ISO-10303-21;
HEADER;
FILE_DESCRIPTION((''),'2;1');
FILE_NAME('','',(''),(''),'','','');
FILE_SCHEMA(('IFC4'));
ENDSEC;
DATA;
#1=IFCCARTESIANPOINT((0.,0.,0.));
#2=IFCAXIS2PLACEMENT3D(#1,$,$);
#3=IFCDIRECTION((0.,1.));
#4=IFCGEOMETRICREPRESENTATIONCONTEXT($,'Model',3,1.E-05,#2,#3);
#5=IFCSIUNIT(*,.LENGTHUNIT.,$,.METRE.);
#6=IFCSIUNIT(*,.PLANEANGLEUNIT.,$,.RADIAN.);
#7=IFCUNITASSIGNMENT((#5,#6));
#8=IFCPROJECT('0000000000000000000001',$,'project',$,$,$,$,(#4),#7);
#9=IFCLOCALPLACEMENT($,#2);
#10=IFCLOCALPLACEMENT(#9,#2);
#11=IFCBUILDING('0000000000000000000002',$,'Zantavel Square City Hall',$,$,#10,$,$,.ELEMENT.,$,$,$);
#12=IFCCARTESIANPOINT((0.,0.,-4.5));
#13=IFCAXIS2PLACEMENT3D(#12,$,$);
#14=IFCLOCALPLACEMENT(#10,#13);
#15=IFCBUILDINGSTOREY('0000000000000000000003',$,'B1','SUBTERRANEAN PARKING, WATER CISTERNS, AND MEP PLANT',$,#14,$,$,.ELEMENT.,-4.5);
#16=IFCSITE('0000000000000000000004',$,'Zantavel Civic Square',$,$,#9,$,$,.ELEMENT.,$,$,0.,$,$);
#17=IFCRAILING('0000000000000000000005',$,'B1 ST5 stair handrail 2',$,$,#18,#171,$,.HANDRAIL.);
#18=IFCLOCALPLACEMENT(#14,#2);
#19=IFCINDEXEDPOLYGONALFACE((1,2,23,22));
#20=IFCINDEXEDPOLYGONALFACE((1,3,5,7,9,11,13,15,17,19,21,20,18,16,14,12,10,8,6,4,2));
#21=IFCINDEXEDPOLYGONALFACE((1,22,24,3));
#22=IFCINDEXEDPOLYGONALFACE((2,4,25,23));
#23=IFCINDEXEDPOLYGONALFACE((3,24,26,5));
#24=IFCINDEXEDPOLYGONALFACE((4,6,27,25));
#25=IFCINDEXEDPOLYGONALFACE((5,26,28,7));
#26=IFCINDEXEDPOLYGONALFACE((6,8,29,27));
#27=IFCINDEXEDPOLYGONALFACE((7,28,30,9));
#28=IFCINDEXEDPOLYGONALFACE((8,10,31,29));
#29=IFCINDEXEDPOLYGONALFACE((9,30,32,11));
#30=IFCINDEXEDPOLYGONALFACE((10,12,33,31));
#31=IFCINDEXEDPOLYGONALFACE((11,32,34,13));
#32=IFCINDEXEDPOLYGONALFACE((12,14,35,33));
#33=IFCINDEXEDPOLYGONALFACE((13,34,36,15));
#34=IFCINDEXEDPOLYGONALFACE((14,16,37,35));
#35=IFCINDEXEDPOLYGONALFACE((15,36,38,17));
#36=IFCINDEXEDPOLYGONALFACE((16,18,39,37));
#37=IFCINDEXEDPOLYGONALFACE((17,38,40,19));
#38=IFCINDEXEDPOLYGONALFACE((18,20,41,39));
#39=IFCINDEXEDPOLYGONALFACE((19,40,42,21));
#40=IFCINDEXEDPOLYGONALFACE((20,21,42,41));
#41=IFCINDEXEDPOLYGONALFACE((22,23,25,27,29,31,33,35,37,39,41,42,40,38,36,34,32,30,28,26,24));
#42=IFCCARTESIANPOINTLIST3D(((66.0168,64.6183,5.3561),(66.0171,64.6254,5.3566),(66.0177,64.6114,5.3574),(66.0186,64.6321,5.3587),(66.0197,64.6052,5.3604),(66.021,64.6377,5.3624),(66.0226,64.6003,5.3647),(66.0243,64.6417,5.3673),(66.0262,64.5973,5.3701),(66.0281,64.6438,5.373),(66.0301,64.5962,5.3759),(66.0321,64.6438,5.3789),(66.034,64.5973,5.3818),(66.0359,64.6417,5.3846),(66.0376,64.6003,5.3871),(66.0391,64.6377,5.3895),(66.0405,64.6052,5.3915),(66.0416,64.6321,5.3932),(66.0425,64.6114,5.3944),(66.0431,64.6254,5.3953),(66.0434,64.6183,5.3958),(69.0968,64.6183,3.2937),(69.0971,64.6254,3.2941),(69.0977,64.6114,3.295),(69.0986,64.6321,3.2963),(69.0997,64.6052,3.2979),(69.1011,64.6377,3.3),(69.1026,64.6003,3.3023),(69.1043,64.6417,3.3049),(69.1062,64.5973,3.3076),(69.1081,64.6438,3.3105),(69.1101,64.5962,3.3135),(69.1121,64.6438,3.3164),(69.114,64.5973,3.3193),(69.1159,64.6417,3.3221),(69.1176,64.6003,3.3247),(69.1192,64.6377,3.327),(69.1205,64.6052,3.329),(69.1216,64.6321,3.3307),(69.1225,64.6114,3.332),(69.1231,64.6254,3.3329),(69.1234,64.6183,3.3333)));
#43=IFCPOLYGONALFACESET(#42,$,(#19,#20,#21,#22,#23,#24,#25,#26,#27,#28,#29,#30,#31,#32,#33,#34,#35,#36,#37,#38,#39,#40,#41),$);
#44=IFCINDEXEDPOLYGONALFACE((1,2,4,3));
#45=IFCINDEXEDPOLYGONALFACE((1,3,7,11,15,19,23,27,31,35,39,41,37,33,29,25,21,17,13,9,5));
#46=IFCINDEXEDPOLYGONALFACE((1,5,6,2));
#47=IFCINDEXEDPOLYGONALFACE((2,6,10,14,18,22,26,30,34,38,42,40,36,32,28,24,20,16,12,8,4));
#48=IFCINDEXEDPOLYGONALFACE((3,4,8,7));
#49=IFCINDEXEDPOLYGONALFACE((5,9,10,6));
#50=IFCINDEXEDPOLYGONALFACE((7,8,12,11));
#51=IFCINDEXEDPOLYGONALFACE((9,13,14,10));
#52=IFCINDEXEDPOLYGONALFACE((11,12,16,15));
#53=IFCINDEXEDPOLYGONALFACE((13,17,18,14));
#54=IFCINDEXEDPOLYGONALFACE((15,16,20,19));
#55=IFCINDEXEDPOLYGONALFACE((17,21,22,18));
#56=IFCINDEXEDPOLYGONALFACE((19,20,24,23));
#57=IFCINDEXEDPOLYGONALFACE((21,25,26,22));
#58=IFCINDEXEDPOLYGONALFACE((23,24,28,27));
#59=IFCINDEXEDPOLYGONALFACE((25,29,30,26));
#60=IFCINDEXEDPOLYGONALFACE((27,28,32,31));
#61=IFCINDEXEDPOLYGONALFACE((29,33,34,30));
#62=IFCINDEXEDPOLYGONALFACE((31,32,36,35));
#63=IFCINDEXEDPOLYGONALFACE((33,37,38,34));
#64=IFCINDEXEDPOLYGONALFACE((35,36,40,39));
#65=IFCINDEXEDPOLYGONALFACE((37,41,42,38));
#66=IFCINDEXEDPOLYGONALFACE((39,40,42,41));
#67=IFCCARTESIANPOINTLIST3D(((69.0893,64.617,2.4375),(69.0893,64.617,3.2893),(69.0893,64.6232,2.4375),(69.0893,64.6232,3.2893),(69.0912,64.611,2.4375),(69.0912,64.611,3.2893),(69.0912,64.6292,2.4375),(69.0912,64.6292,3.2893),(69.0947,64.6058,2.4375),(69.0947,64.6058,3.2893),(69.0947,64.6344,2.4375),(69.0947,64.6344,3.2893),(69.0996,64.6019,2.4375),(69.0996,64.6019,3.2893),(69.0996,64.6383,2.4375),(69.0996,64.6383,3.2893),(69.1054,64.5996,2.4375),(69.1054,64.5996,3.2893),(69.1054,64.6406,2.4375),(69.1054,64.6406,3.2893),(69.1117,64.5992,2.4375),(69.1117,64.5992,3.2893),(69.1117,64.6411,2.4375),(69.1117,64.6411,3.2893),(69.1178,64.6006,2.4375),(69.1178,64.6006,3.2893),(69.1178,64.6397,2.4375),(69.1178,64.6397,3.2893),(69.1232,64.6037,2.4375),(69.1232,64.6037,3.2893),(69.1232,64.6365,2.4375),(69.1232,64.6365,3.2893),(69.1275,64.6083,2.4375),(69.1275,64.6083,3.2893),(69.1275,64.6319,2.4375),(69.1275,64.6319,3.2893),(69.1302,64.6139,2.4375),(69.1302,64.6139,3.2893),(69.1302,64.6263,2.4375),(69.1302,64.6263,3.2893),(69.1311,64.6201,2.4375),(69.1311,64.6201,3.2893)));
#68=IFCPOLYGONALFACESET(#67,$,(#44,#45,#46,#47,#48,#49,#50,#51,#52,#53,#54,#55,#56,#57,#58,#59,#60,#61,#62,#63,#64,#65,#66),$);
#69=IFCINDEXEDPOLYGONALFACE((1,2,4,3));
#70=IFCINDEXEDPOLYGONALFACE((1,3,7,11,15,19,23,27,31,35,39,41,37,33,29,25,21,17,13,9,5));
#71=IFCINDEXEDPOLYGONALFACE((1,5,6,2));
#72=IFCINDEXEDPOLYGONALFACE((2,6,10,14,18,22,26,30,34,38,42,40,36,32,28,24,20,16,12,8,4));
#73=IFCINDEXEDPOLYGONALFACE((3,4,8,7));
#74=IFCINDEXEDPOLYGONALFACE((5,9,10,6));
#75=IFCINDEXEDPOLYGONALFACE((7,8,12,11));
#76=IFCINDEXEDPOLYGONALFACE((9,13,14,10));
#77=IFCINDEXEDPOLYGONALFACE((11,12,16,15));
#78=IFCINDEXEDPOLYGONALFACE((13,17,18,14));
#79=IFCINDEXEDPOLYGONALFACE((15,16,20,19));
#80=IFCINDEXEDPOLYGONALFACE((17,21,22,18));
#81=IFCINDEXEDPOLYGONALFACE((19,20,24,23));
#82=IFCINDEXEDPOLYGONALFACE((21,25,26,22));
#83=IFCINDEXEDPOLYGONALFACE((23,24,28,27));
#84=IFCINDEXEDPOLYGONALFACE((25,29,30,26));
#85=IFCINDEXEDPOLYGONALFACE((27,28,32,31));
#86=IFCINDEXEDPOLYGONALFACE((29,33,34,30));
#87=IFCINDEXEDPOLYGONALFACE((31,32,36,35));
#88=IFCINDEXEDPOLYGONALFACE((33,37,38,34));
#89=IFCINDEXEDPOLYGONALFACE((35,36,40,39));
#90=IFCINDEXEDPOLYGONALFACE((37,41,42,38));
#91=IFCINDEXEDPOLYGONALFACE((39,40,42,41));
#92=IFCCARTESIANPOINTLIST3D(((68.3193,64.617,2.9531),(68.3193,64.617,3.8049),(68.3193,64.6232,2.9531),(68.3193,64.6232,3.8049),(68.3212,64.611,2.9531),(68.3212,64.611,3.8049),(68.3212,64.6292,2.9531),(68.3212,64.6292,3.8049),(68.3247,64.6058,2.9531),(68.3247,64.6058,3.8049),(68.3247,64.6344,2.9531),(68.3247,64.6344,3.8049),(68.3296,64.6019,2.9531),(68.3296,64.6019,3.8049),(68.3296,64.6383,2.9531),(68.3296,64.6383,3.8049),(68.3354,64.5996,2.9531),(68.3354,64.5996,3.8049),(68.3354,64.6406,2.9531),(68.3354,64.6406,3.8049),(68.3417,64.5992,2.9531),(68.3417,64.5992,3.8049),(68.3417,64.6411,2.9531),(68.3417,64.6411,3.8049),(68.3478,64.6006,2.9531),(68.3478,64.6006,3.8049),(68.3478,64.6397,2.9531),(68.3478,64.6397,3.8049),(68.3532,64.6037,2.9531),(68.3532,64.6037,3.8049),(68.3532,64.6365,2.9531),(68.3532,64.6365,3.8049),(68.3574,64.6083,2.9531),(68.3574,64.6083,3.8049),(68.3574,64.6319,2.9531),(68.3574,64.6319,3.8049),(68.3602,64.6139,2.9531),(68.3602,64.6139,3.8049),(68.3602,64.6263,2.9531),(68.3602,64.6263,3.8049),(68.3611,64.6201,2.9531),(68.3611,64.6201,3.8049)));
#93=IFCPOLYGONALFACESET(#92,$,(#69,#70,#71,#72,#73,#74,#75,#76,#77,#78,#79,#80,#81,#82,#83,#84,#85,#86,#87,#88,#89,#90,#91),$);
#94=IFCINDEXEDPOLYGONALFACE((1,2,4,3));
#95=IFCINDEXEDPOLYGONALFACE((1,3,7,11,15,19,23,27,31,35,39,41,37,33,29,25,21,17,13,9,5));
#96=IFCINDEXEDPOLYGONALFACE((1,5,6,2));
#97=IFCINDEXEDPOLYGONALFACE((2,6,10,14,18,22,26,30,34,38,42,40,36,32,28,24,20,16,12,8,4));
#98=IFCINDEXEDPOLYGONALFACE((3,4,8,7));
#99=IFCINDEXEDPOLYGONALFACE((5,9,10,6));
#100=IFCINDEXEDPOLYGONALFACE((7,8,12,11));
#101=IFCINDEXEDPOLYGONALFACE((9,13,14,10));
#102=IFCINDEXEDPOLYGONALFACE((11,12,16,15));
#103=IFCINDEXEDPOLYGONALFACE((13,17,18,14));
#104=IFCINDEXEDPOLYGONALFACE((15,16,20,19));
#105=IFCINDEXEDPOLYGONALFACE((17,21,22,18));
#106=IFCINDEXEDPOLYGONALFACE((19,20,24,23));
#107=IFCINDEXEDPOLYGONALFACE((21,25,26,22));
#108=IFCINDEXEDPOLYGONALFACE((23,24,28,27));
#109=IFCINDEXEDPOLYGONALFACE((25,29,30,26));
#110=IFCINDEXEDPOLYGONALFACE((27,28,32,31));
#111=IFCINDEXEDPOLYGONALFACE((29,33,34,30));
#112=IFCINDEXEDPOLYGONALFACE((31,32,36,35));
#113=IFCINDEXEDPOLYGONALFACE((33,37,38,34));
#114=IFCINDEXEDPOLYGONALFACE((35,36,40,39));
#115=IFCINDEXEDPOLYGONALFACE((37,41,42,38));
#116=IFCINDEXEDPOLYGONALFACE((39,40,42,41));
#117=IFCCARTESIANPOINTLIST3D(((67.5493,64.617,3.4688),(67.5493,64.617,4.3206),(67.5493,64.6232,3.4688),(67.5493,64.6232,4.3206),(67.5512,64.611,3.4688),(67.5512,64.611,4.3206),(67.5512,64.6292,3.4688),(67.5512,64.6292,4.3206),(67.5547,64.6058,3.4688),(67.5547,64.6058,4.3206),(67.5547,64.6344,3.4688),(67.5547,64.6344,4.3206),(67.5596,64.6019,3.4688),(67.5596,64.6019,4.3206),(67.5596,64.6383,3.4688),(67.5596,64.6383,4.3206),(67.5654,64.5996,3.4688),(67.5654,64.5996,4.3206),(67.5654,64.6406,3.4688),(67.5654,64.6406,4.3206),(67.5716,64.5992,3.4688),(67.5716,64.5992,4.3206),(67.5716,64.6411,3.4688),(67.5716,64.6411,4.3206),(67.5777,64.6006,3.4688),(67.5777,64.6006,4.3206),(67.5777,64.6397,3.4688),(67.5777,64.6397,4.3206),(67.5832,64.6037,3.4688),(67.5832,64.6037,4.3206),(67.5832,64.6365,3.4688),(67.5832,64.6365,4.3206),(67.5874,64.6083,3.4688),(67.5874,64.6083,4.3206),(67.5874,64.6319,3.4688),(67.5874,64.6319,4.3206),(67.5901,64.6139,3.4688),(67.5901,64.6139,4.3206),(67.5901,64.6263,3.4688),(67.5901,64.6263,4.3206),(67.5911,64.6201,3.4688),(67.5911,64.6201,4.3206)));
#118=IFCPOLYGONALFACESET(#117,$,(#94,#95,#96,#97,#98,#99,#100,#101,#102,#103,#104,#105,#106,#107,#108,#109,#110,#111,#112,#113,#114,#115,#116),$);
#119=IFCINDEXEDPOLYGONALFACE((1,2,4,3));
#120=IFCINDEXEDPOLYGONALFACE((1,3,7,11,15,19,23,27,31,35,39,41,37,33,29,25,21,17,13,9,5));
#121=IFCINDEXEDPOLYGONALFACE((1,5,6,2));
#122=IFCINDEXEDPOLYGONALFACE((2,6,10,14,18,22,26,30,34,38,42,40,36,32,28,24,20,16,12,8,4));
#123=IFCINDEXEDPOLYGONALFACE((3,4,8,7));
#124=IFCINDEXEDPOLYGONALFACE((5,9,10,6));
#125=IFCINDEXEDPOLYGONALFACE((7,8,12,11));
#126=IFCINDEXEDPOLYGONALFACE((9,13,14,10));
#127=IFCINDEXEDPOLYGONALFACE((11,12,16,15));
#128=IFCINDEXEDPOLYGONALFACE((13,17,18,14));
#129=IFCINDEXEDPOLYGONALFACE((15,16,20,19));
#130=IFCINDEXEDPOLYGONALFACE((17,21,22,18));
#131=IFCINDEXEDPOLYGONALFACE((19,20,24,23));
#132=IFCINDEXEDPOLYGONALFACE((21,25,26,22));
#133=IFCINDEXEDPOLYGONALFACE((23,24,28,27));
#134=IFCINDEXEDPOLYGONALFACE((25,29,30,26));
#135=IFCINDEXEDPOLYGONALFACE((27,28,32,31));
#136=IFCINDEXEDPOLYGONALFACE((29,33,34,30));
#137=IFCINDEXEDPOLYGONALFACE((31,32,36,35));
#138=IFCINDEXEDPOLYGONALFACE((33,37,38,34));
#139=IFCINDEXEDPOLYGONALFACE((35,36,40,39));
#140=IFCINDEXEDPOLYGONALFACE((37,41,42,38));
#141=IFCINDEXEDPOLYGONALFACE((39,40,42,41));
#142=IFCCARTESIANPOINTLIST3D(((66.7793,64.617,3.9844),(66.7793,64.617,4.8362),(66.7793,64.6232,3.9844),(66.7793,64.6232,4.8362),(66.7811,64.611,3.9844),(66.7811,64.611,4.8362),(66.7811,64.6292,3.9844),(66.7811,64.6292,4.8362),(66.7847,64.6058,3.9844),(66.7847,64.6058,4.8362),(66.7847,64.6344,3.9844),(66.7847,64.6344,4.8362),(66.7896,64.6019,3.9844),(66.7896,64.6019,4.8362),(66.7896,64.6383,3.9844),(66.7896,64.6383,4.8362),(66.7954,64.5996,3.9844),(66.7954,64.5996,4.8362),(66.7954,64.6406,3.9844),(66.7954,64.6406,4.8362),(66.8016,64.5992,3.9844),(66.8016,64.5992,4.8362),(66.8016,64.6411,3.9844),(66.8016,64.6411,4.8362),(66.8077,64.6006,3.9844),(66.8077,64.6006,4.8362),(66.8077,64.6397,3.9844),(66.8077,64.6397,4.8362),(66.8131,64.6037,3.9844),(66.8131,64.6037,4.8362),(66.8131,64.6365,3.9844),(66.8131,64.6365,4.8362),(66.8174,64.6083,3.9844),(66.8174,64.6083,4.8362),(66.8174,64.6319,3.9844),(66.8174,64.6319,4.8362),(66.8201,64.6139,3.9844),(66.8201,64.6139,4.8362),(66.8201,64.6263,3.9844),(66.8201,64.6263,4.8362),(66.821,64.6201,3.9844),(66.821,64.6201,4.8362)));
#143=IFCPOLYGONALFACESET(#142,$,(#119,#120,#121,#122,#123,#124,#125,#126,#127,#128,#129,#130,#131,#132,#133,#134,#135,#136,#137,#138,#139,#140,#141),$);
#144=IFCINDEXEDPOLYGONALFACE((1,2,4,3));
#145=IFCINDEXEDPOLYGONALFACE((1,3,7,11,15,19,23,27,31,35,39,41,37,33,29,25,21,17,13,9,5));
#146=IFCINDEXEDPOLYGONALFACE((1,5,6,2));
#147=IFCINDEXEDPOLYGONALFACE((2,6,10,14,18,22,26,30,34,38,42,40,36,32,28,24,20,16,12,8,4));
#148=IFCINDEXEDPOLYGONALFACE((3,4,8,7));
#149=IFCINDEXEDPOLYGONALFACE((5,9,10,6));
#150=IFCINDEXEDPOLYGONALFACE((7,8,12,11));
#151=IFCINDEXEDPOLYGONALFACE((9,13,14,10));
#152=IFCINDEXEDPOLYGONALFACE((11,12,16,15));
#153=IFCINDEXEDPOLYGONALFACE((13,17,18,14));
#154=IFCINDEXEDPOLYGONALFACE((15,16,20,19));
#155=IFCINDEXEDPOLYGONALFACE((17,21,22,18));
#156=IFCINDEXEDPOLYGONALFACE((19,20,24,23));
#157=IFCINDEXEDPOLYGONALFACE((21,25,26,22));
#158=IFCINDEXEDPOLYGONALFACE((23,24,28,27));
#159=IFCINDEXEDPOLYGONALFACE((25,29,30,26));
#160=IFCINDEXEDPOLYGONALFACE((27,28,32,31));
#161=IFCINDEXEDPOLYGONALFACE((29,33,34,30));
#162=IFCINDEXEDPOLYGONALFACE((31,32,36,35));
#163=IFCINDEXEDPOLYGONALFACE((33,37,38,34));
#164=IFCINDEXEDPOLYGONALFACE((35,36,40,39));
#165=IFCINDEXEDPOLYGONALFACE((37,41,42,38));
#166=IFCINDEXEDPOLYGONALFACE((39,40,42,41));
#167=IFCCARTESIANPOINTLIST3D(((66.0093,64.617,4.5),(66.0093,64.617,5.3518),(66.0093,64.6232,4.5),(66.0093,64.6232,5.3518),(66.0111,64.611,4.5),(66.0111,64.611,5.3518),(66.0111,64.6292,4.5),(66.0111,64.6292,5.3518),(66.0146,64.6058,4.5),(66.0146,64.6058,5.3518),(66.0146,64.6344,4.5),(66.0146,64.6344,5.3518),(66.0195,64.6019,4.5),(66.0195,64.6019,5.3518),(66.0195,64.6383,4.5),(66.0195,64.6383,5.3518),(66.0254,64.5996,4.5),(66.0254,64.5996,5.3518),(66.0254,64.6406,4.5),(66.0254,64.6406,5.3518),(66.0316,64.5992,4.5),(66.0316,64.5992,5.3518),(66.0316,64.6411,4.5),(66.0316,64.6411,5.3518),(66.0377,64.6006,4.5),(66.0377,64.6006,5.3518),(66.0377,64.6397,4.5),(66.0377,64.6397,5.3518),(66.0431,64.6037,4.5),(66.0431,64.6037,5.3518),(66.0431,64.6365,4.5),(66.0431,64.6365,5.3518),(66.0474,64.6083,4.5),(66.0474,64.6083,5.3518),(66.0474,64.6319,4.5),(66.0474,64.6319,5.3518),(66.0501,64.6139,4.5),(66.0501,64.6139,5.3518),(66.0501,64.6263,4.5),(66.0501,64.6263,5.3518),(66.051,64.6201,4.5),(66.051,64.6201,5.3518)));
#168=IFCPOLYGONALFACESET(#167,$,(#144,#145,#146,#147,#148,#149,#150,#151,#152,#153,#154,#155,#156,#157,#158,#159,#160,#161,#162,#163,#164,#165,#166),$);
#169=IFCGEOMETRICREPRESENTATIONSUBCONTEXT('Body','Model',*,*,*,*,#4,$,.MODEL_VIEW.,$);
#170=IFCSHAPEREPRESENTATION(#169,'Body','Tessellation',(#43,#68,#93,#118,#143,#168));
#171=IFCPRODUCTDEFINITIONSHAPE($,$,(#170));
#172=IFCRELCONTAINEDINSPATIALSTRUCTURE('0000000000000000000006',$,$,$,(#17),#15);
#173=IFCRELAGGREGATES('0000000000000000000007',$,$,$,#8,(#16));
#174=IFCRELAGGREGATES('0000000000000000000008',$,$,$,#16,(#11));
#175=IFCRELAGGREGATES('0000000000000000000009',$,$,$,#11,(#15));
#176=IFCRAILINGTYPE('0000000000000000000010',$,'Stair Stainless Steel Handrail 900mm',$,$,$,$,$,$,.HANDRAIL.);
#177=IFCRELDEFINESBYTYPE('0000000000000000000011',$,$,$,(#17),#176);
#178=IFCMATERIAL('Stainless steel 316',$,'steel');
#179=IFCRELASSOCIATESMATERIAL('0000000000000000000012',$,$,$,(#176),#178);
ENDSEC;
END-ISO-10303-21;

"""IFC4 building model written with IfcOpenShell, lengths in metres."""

from ifc_helpers import new_model, si_unit, direction, frame, origin, origin_2d, place, context, subcontext, project, spatial, circle, extrude, material, type_object, element, save


model = new_model("IFC4")

# Units and contexts
model_context = context("Model", 3, precision=1e-05, world=origin(), true_north=direction((0.0, 1.0)))
body_context = subcontext(model_context, "Body", "Model", "MODEL_VIEW")
ifc_project = project(units=[si_unit("LENGTHUNIT", "METRE"), si_unit("PLANEANGLEUNIT", "RADIAN")], contexts=[model_context])

# Site, building, storey
site_placement = place(None, origin())
site = spatial("IfcSite", under=ifc_project, at=site_placement, Name="Zantavel Civic Square", CompositionType="ELEMENT", RefElevation=0.0)
building_placement = place(site_placement, origin())
building = spatial("IfcBuilding", under=site, at=building_placement, Name="Zantavel Square City Hall", CompositionType="ELEMENT")
storey_placement = place(building_placement, frame((0.0, 0.0, -4.5)))
storey = spatial("IfcBuildingStorey", under=building, at=storey_placement, Name="B1", Description="SUBTERRANEAN PARKING, WATER CISTERNS, AND MEP PLANT", CompositionType="ELEMENT", Elevation=-4.5)

# Railing
ifc_material_1 = material(Name="Stainless steel 316", Category="steel")
railing_type = type_object("IfcRailingType", Name="Stair Stainless Steel Handrail 900mm", PredefinedType="HANDRAIL", material=ifc_material_1)
railing_placement = place(storey_placement, frame((69.1101, 64.6201, 2.4375)))
element("IfcRailing", 1, at=railing_placement, inside=storey, type_object=railing_type, Name="B1 ST5 stair handrail 2", PredefinedType="HANDRAIL", context=body_context, shape_type="SweptSolid", body=[
    extrude(circle(Radius=0.0239, at=origin_2d()), frame((0.0, 0.0, 0.876), z_axis=(-0.830914, 0.0, 0.556401), x_axis=(0.0, -1.0, 0.0)), (0.0, 0.0, 1.0), 3.7068),
    extrude(circle(Radius=0.021, at=origin_2d()), origin(), (0.0, 0.0, 1.0), 0.8518),
    extrude(circle(Radius=0.021, at=origin_2d()), frame((-0.77, 0.0, 0.5156)), (0.0, 0.0, 1.0), 0.8518),
    extrude(circle(Radius=0.021, at=origin_2d()), frame((-1.54, 0.0, 1.0312)), (0.0, 0.0, 1.0), 0.8518),
    extrude(circle(Radius=0.021, at=origin_2d()), frame((-2.3101, 0.0, 1.5469)), (0.0, 0.0, 1.0), 0.8518),
    extrude(circle(Radius=0.021, at=origin_2d()), frame((-3.0801, 0.0, 2.0625)), (0.0, 0.0, 1.0), 0.8518),
])

save(model, "model.ifc")
